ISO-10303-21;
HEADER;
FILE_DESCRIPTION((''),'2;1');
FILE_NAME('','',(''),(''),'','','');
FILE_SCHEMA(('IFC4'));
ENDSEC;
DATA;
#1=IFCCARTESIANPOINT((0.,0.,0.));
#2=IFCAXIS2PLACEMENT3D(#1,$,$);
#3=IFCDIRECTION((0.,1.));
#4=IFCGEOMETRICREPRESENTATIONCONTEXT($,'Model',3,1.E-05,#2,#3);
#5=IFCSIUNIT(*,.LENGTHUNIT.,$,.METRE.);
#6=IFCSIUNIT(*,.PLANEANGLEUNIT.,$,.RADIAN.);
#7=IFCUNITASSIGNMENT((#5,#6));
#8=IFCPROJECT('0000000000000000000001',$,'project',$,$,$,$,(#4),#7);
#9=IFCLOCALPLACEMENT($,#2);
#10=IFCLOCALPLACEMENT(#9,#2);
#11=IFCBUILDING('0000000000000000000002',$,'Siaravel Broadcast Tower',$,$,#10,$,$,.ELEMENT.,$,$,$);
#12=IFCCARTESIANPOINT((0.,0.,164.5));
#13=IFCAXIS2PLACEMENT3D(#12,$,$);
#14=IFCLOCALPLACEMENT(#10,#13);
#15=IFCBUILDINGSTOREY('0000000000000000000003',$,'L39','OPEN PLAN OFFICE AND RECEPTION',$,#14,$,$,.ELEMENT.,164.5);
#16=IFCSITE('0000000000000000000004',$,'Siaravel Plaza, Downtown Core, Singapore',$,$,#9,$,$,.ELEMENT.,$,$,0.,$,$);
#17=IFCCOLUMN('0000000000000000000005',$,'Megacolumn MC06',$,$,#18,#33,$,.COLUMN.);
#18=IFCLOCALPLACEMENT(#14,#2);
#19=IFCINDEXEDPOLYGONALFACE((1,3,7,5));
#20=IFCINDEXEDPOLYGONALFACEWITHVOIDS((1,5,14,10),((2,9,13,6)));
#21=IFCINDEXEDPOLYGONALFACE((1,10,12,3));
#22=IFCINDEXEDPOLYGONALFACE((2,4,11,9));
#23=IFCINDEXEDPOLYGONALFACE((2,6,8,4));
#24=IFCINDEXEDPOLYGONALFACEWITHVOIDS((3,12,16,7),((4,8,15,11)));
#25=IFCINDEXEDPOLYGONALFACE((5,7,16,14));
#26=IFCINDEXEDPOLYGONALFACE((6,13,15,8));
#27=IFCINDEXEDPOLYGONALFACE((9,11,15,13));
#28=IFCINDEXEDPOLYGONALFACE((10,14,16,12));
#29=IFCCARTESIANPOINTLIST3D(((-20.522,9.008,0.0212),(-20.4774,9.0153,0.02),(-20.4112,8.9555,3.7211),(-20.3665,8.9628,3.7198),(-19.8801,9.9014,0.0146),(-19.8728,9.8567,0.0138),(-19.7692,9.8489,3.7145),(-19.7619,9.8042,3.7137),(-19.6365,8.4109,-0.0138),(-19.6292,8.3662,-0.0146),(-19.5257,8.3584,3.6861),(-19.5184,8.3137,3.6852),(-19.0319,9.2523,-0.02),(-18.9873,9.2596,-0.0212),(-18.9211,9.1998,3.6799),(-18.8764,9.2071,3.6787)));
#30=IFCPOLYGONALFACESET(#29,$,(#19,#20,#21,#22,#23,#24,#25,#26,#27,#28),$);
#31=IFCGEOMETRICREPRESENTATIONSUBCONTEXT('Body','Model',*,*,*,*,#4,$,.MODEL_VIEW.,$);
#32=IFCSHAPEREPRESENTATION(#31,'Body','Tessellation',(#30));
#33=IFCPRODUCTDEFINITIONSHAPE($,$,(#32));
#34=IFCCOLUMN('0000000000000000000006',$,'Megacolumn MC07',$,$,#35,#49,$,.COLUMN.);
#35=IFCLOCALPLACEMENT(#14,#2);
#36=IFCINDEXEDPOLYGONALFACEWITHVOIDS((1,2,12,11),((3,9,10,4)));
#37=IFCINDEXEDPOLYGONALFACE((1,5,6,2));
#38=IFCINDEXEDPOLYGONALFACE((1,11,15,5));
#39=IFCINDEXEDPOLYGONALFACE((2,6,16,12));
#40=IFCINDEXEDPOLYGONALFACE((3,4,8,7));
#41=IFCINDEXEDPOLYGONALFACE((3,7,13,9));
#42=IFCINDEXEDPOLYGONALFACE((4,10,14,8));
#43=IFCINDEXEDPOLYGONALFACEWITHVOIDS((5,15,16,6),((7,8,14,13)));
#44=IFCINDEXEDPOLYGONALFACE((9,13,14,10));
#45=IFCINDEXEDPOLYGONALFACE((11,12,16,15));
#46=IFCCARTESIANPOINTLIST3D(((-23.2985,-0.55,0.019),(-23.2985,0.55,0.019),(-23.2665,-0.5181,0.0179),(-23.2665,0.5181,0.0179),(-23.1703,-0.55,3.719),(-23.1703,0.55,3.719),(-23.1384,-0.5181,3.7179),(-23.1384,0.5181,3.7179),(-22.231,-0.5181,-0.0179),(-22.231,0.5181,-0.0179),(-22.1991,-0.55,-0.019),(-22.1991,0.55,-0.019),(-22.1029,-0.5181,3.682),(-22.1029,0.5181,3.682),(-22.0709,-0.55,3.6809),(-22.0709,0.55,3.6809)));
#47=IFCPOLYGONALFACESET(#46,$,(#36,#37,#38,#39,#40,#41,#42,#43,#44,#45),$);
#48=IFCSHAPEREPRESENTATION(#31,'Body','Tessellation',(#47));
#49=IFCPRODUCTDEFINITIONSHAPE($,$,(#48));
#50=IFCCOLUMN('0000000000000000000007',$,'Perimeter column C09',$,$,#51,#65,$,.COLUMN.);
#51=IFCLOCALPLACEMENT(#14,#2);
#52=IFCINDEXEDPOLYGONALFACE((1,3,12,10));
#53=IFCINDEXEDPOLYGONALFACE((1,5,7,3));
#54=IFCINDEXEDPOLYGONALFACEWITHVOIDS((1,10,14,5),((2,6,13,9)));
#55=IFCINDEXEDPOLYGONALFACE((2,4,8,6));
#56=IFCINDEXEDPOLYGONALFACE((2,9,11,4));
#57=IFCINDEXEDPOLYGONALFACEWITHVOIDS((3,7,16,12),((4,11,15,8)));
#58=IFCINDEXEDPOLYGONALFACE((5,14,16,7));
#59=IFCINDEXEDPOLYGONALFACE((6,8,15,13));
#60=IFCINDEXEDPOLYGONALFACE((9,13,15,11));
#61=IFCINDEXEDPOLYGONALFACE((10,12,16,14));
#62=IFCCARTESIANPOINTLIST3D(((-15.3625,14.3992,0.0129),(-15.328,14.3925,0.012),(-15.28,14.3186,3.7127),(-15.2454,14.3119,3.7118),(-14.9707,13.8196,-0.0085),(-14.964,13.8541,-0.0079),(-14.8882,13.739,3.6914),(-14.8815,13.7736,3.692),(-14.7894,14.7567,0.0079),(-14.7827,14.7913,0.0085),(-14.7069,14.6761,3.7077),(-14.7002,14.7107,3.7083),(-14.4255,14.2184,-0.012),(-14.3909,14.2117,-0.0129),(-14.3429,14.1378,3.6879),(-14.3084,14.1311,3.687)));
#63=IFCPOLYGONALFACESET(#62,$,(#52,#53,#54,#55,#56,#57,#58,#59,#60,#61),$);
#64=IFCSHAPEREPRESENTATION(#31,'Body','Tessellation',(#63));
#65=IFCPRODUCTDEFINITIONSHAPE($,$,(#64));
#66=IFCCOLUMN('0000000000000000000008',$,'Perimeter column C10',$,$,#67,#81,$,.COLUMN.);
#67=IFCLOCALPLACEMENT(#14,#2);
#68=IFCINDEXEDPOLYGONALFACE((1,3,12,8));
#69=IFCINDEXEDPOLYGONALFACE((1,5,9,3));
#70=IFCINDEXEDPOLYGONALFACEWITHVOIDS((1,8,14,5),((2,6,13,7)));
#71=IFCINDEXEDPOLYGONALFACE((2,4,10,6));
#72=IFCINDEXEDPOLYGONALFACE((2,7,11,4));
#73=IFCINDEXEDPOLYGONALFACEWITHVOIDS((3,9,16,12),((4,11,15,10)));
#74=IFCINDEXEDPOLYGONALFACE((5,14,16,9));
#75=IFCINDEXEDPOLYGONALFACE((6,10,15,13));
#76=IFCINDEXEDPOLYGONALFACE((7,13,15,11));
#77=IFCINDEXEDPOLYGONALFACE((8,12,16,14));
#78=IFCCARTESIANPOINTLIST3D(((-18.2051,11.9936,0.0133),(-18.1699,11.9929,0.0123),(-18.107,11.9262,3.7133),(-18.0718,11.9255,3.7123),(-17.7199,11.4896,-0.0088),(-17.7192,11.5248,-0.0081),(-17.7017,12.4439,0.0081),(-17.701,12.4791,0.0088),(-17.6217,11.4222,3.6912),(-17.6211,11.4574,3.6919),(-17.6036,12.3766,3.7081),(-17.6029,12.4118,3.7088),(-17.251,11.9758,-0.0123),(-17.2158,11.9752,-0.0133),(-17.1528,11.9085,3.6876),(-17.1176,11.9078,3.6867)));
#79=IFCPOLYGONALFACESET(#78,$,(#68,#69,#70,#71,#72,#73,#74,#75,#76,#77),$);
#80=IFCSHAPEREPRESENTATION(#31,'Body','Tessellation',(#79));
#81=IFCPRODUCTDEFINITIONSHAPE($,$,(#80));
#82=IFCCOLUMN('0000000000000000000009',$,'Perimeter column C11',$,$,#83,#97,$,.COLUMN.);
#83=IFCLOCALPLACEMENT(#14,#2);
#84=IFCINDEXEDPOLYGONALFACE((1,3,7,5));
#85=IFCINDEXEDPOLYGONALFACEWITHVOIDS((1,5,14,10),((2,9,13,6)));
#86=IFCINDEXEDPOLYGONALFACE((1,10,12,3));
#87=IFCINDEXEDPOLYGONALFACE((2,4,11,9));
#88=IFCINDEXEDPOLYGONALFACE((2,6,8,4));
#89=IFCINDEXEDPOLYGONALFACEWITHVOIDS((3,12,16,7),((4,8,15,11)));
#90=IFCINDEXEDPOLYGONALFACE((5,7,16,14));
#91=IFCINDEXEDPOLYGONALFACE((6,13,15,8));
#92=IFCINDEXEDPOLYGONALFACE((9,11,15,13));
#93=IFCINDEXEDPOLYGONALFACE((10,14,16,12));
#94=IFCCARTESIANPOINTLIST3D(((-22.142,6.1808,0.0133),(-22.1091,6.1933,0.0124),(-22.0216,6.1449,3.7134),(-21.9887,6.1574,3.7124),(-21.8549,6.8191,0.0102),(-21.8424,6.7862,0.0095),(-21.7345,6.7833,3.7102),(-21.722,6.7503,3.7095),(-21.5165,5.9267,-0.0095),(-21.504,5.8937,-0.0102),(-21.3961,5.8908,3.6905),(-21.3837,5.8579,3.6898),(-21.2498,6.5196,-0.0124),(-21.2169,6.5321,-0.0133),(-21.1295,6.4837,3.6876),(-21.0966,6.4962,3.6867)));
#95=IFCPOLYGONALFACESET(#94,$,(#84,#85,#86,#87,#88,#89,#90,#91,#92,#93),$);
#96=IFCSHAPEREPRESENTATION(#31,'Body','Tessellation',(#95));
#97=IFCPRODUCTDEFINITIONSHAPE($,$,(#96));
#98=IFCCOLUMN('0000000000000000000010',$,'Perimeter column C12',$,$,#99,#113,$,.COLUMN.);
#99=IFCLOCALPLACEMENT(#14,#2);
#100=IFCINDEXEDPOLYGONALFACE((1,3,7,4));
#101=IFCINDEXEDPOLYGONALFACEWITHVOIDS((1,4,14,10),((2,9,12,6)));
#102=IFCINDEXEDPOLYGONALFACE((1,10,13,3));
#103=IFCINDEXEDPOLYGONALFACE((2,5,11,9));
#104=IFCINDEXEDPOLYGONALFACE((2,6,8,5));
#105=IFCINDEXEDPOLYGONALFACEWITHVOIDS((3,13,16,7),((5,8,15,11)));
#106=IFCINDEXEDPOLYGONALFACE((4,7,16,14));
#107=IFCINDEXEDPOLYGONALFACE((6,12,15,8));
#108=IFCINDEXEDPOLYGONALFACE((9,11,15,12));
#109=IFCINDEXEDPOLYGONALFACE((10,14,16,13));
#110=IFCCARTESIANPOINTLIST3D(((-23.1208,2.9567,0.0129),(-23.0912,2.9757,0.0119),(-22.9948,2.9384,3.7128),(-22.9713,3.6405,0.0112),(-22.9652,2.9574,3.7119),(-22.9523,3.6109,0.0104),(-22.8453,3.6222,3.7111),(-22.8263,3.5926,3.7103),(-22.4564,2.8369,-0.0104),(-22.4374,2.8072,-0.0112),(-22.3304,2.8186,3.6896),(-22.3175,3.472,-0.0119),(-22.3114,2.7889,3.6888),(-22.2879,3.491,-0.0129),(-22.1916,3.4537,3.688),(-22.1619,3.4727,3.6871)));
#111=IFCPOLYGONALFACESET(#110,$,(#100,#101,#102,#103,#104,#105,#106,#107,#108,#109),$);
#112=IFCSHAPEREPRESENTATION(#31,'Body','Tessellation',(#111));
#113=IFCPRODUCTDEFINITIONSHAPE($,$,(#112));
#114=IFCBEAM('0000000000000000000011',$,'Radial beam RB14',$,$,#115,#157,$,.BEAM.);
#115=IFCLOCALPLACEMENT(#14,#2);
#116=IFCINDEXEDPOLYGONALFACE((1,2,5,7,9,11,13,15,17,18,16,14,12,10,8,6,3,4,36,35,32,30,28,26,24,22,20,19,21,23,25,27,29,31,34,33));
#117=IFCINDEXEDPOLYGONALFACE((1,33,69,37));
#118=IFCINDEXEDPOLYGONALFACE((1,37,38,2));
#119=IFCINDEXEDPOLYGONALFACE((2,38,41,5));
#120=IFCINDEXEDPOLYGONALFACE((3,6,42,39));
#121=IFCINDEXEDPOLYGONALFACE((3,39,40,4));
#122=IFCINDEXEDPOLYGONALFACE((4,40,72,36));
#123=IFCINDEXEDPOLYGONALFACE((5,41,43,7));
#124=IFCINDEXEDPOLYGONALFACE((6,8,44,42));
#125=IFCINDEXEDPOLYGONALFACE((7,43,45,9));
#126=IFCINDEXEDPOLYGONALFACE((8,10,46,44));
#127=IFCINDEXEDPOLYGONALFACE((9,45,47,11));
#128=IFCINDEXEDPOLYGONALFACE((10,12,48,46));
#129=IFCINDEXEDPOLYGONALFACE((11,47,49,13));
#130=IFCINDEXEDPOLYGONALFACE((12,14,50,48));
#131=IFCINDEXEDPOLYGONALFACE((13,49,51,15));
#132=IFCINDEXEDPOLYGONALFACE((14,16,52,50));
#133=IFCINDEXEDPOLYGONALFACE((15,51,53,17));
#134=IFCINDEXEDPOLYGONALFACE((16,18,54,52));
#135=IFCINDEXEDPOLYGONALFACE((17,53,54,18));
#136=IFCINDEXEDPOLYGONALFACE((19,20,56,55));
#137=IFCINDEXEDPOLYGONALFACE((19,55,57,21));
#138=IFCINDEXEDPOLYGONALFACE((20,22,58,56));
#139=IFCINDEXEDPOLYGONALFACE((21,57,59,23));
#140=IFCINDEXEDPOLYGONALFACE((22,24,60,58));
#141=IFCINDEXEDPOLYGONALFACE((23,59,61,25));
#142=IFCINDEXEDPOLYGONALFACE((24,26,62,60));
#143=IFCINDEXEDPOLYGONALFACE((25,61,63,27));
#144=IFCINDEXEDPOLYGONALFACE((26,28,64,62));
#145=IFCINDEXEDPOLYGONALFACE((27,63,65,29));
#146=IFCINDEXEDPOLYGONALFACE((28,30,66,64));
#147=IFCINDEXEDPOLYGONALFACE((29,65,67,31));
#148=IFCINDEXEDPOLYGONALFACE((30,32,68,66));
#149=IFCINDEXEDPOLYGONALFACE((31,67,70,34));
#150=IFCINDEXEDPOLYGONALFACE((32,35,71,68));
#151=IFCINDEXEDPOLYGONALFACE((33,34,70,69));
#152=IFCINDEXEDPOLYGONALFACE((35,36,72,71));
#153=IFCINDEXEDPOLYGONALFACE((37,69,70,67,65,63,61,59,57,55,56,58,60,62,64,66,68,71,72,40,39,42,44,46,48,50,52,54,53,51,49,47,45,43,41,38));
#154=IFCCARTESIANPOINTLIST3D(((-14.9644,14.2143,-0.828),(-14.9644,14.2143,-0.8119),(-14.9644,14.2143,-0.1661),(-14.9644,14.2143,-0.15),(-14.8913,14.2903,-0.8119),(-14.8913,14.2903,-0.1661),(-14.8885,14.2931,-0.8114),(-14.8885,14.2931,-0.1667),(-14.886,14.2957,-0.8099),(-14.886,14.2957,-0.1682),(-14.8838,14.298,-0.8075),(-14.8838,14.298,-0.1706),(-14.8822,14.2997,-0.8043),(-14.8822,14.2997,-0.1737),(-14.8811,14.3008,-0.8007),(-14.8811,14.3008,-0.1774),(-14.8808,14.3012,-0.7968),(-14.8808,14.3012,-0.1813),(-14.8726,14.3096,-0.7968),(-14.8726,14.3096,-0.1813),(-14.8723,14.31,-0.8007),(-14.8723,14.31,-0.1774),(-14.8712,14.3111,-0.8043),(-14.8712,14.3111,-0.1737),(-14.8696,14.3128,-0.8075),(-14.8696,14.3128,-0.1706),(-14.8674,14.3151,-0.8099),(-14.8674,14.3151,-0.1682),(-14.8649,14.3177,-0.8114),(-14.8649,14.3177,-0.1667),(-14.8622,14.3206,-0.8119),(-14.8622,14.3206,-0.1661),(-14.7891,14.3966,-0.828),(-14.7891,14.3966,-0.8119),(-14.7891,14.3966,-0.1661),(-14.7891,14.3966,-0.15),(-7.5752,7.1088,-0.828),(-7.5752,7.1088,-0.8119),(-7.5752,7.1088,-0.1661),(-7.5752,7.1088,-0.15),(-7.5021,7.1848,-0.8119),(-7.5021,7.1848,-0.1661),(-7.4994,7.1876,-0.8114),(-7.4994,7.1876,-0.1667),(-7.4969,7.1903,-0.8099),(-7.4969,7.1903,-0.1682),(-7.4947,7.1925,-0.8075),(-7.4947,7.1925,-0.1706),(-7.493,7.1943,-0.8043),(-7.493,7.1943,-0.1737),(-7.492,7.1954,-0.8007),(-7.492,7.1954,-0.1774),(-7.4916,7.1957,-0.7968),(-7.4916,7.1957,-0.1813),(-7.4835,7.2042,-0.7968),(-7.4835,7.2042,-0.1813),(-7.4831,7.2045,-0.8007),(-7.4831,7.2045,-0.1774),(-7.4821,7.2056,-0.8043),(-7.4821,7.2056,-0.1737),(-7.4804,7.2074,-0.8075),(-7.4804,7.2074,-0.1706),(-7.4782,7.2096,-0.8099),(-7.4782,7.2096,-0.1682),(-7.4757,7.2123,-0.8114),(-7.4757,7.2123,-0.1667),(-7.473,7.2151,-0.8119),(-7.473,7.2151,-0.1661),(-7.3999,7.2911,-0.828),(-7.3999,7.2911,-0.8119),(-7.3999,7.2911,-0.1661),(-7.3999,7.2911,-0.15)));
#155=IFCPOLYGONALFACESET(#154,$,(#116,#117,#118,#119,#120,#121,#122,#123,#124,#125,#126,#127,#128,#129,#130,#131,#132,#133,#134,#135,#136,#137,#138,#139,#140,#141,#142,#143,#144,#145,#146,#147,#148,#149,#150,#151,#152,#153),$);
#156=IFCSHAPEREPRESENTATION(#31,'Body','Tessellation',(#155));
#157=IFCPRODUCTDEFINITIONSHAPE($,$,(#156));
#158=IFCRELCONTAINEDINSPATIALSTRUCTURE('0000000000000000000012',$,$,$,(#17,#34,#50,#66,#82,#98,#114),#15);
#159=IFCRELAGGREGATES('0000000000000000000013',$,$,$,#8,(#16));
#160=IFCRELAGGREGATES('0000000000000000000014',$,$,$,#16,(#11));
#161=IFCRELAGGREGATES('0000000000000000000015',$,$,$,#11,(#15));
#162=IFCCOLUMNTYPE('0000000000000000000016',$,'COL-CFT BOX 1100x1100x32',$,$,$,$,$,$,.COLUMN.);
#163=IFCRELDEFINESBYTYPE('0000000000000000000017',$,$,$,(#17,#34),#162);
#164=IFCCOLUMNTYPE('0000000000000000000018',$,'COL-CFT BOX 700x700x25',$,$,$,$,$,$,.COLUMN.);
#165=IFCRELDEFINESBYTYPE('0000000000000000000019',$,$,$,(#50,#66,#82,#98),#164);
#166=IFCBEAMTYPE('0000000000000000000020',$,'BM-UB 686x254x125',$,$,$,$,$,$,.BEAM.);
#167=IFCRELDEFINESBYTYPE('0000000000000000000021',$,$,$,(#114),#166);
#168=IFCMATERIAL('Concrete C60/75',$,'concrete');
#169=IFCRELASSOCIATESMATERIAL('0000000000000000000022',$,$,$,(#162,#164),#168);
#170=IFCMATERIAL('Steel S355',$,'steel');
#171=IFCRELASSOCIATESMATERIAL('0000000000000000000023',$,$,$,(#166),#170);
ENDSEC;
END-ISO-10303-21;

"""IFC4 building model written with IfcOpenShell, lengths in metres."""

from ifc_helpers import new_model, si_unit, direction, frame, origin, origin_2d, place, context, subcontext, project, spatial, hollow_rectangle, i_section, extrude, material, material_profile, profile_set, type_object, element, save


model = new_model("IFC4")

# Units and contexts
model_context = context("Model", 3, precision=1e-05, world=origin(), true_north=direction((0.0, 1.0)))
body_context = subcontext(model_context, "Body", "Model", "MODEL_VIEW")
ifc_project = project(units=[si_unit("LENGTHUNIT", "METRE"), si_unit("PLANEANGLEUNIT", "RADIAN")], contexts=[model_context])

# Site, building, storey
site_placement = place(None, origin())
site = spatial("IfcSite", under=ifc_project, at=site_placement, Name="Siaravel Plaza, Downtown Core, Singapore", CompositionType="ELEMENT", RefElevation=0.0)
building_placement = place(site_placement, origin())
building = spatial("IfcBuilding", under=site, at=building_placement, Name="Siaravel Broadcast Tower", CompositionType="ELEMENT")
storey_placement = place(building_placement, frame((0.0, 0.0, 164.5)))
storey = spatial("IfcBuildingStorey", under=building, at=storey_placement, Name="L39", Description="OPEN PLAN OFFICE AND RECEPTION", CompositionType="ELEMENT", Elevation=164.5)

# Columns
ifc_material_1 = material(Name="Concrete C60/75", Category="concrete")
ifc_material_profile_1 = material_profile(ifc_material_1, hollow_rectangle(XDim=1.1001, YDim=1.1001, WallThickness=0.032, at=origin_2d()))
ifc_profile_set_1 = profile_set([ifc_material_profile_1], Name="Concrete C60/75")
column_type_1 = type_object("IfcColumnType", Name="COL-CFT BOX 1100x1100x32", PredefinedType="COLUMN", material=ifc_profile_set_1)
column_1_placement = place(storey_placement, frame((-19.7546, 9.1338, 0.0), z_axis=(0.029941, -0.014179, 0.999451), x_axis=(0.583519, 0.812077, -0.00596)))
element("IfcColumn", 1, at=column_1_placement, inside=storey, type_object=column_type_1, Name="Megacolumn MC06", PredefinedType="COLUMN", context=body_context, shape_type="SweptSolid", body=[
    extrude(hollow_rectangle(XDim=1.1001, YDim=1.1001, WallThickness=0.032, at=origin_2d()), origin(), (0.0, 0.0, 1.0), 3.7019),
])
column_2_placement = place(storey_placement, frame((-22.7488, 0.0, 0.0), z_axis=(0.034621, 0.0, 0.999401), x_axis=(0.0, 1.0, 0.0)))
element("IfcColumn", 2, at=column_2_placement, inside=storey, type_object=column_type_1, Name="Megacolumn MC07", PredefinedType="COLUMN", context=body_context, shape_type="SweptSolid", body=[
    extrude(hollow_rectangle(XDim=1.1001, YDim=1.1001, WallThickness=0.032, at=origin_2d()), origin(), (0.0, 0.0, 1.0), 3.7021),
])
ifc_material_profile_2 = material_profile(ifc_material_1, hollow_rectangle(XDim=0.7, YDim=0.7, WallThickness=0.0249, at=origin_2d()))
ifc_profile_set_2 = profile_set([ifc_material_profile_2], Name="Concrete C60/75")
column_type_2 = type_object("IfcColumnType", Name="COL-CFT BOX 700x700x25", PredefinedType="COLUMN", material=ifc_profile_set_2)
column_3_placement = place(storey_placement, frame((-14.8767, 14.3054, 0.0), z_axis=(0.022292, -0.021764, 0.999515), x_axis=(0.828322, 0.560218, -0.006275)))
element("IfcColumn", 3, at=column_3_placement, inside=storey, type_object=column_type_2, Name="Perimeter column C09", PredefinedType="COLUMN", context=body_context, shape_type="SweptSolid", body=[
    extrude(hollow_rectangle(XDim=0.7, YDim=0.7, WallThickness=0.0249, at=origin_2d()), origin(), (0.0, 0.0, 1.0), 3.7017),
])
column_4_placement = place(storey_placement, frame((-17.7104, 11.9844, 0.0), z_axis=(0.026512, -0.018202, 0.999483), x_axis=(0.72019, 0.693747, -0.006469)))
element("IfcColumn", 4, at=column_4_placement, inside=storey, type_object=column_type_2, Name="Perimeter column C10", PredefinedType="COLUMN", context=body_context, shape_type="SweptSolid", body=[
    extrude(hollow_rectangle(XDim=0.7, YDim=0.7, WallThickness=0.0249, at=origin_2d()), origin(), (0.0, 0.0, 1.0), 3.7019),
])
for number, where, z_axis, x_axis, name in (
    (5, (-21.6794, 6.3564, 0.0), (0.032512, -0.009694, 0.999424), (0.410172, 0.911997, -0.004497), "Perimeter column C11"),
    (6, (-22.7043, 3.2239, 0.0), (0.034028, -0.004946, 0.999409), (0.213619, 0.976914, -0.002439), "Perimeter column C12"),
):
    element("IfcColumn", number, at=place(storey_placement, frame(where, z_axis=z_axis, x_axis=x_axis)), inside=storey, type_object=column_type_2, Name=name, PredefinedType="COLUMN", context=body_context, shape_type="SweptSolid", body=[
        extrude(hollow_rectangle(XDim=0.7, YDim=0.7, WallThickness=0.0249, at=origin_2d()), origin(), (0.0, 0.0, 1.0), 3.7021),
    ])

# Beam
ifc_material_2 = material(Name="Steel S355", Category="steel")
ifc_material_profile_3 = material_profile(ifc_material_2, i_section(OverallWidth=0.2529, OverallDepth=0.678, WebThickness=0.0117, FlangeThickness=0.0161, FilletRadius=0.0151, at=origin_2d()))
ifc_profile_set_3 = profile_set([ifc_material_profile_3], Name="Steel S355")
beam_type = type_object("IfcBeamType", Name="BM-UB 686x254x125", PredefinedType="BEAM", material=ifc_profile_set_3)
beam_1_placement = place(storey_placement, frame((-14.8767, 14.3054, -0.489), z_axis=(0.720808, -0.693134, 0.0), x_axis=(0.693134, 0.720808, 0.0)))
element("IfcBeam", 7, at=beam_1_placement, inside=storey, type_object=beam_type, Name="Radial beam RB14", PredefinedType="BEAM", context=body_context, shape_type="SweptSolid", body=[
    extrude(i_section(OverallWidth=0.2529, OverallDepth=0.678, WebThickness=0.0117, FlangeThickness=0.0161, FilletRadius=0.0151, at=origin_2d()), origin(), (0.0, 0.0, 1.0), 10.2512),
])

save(model, "model.ifc")
